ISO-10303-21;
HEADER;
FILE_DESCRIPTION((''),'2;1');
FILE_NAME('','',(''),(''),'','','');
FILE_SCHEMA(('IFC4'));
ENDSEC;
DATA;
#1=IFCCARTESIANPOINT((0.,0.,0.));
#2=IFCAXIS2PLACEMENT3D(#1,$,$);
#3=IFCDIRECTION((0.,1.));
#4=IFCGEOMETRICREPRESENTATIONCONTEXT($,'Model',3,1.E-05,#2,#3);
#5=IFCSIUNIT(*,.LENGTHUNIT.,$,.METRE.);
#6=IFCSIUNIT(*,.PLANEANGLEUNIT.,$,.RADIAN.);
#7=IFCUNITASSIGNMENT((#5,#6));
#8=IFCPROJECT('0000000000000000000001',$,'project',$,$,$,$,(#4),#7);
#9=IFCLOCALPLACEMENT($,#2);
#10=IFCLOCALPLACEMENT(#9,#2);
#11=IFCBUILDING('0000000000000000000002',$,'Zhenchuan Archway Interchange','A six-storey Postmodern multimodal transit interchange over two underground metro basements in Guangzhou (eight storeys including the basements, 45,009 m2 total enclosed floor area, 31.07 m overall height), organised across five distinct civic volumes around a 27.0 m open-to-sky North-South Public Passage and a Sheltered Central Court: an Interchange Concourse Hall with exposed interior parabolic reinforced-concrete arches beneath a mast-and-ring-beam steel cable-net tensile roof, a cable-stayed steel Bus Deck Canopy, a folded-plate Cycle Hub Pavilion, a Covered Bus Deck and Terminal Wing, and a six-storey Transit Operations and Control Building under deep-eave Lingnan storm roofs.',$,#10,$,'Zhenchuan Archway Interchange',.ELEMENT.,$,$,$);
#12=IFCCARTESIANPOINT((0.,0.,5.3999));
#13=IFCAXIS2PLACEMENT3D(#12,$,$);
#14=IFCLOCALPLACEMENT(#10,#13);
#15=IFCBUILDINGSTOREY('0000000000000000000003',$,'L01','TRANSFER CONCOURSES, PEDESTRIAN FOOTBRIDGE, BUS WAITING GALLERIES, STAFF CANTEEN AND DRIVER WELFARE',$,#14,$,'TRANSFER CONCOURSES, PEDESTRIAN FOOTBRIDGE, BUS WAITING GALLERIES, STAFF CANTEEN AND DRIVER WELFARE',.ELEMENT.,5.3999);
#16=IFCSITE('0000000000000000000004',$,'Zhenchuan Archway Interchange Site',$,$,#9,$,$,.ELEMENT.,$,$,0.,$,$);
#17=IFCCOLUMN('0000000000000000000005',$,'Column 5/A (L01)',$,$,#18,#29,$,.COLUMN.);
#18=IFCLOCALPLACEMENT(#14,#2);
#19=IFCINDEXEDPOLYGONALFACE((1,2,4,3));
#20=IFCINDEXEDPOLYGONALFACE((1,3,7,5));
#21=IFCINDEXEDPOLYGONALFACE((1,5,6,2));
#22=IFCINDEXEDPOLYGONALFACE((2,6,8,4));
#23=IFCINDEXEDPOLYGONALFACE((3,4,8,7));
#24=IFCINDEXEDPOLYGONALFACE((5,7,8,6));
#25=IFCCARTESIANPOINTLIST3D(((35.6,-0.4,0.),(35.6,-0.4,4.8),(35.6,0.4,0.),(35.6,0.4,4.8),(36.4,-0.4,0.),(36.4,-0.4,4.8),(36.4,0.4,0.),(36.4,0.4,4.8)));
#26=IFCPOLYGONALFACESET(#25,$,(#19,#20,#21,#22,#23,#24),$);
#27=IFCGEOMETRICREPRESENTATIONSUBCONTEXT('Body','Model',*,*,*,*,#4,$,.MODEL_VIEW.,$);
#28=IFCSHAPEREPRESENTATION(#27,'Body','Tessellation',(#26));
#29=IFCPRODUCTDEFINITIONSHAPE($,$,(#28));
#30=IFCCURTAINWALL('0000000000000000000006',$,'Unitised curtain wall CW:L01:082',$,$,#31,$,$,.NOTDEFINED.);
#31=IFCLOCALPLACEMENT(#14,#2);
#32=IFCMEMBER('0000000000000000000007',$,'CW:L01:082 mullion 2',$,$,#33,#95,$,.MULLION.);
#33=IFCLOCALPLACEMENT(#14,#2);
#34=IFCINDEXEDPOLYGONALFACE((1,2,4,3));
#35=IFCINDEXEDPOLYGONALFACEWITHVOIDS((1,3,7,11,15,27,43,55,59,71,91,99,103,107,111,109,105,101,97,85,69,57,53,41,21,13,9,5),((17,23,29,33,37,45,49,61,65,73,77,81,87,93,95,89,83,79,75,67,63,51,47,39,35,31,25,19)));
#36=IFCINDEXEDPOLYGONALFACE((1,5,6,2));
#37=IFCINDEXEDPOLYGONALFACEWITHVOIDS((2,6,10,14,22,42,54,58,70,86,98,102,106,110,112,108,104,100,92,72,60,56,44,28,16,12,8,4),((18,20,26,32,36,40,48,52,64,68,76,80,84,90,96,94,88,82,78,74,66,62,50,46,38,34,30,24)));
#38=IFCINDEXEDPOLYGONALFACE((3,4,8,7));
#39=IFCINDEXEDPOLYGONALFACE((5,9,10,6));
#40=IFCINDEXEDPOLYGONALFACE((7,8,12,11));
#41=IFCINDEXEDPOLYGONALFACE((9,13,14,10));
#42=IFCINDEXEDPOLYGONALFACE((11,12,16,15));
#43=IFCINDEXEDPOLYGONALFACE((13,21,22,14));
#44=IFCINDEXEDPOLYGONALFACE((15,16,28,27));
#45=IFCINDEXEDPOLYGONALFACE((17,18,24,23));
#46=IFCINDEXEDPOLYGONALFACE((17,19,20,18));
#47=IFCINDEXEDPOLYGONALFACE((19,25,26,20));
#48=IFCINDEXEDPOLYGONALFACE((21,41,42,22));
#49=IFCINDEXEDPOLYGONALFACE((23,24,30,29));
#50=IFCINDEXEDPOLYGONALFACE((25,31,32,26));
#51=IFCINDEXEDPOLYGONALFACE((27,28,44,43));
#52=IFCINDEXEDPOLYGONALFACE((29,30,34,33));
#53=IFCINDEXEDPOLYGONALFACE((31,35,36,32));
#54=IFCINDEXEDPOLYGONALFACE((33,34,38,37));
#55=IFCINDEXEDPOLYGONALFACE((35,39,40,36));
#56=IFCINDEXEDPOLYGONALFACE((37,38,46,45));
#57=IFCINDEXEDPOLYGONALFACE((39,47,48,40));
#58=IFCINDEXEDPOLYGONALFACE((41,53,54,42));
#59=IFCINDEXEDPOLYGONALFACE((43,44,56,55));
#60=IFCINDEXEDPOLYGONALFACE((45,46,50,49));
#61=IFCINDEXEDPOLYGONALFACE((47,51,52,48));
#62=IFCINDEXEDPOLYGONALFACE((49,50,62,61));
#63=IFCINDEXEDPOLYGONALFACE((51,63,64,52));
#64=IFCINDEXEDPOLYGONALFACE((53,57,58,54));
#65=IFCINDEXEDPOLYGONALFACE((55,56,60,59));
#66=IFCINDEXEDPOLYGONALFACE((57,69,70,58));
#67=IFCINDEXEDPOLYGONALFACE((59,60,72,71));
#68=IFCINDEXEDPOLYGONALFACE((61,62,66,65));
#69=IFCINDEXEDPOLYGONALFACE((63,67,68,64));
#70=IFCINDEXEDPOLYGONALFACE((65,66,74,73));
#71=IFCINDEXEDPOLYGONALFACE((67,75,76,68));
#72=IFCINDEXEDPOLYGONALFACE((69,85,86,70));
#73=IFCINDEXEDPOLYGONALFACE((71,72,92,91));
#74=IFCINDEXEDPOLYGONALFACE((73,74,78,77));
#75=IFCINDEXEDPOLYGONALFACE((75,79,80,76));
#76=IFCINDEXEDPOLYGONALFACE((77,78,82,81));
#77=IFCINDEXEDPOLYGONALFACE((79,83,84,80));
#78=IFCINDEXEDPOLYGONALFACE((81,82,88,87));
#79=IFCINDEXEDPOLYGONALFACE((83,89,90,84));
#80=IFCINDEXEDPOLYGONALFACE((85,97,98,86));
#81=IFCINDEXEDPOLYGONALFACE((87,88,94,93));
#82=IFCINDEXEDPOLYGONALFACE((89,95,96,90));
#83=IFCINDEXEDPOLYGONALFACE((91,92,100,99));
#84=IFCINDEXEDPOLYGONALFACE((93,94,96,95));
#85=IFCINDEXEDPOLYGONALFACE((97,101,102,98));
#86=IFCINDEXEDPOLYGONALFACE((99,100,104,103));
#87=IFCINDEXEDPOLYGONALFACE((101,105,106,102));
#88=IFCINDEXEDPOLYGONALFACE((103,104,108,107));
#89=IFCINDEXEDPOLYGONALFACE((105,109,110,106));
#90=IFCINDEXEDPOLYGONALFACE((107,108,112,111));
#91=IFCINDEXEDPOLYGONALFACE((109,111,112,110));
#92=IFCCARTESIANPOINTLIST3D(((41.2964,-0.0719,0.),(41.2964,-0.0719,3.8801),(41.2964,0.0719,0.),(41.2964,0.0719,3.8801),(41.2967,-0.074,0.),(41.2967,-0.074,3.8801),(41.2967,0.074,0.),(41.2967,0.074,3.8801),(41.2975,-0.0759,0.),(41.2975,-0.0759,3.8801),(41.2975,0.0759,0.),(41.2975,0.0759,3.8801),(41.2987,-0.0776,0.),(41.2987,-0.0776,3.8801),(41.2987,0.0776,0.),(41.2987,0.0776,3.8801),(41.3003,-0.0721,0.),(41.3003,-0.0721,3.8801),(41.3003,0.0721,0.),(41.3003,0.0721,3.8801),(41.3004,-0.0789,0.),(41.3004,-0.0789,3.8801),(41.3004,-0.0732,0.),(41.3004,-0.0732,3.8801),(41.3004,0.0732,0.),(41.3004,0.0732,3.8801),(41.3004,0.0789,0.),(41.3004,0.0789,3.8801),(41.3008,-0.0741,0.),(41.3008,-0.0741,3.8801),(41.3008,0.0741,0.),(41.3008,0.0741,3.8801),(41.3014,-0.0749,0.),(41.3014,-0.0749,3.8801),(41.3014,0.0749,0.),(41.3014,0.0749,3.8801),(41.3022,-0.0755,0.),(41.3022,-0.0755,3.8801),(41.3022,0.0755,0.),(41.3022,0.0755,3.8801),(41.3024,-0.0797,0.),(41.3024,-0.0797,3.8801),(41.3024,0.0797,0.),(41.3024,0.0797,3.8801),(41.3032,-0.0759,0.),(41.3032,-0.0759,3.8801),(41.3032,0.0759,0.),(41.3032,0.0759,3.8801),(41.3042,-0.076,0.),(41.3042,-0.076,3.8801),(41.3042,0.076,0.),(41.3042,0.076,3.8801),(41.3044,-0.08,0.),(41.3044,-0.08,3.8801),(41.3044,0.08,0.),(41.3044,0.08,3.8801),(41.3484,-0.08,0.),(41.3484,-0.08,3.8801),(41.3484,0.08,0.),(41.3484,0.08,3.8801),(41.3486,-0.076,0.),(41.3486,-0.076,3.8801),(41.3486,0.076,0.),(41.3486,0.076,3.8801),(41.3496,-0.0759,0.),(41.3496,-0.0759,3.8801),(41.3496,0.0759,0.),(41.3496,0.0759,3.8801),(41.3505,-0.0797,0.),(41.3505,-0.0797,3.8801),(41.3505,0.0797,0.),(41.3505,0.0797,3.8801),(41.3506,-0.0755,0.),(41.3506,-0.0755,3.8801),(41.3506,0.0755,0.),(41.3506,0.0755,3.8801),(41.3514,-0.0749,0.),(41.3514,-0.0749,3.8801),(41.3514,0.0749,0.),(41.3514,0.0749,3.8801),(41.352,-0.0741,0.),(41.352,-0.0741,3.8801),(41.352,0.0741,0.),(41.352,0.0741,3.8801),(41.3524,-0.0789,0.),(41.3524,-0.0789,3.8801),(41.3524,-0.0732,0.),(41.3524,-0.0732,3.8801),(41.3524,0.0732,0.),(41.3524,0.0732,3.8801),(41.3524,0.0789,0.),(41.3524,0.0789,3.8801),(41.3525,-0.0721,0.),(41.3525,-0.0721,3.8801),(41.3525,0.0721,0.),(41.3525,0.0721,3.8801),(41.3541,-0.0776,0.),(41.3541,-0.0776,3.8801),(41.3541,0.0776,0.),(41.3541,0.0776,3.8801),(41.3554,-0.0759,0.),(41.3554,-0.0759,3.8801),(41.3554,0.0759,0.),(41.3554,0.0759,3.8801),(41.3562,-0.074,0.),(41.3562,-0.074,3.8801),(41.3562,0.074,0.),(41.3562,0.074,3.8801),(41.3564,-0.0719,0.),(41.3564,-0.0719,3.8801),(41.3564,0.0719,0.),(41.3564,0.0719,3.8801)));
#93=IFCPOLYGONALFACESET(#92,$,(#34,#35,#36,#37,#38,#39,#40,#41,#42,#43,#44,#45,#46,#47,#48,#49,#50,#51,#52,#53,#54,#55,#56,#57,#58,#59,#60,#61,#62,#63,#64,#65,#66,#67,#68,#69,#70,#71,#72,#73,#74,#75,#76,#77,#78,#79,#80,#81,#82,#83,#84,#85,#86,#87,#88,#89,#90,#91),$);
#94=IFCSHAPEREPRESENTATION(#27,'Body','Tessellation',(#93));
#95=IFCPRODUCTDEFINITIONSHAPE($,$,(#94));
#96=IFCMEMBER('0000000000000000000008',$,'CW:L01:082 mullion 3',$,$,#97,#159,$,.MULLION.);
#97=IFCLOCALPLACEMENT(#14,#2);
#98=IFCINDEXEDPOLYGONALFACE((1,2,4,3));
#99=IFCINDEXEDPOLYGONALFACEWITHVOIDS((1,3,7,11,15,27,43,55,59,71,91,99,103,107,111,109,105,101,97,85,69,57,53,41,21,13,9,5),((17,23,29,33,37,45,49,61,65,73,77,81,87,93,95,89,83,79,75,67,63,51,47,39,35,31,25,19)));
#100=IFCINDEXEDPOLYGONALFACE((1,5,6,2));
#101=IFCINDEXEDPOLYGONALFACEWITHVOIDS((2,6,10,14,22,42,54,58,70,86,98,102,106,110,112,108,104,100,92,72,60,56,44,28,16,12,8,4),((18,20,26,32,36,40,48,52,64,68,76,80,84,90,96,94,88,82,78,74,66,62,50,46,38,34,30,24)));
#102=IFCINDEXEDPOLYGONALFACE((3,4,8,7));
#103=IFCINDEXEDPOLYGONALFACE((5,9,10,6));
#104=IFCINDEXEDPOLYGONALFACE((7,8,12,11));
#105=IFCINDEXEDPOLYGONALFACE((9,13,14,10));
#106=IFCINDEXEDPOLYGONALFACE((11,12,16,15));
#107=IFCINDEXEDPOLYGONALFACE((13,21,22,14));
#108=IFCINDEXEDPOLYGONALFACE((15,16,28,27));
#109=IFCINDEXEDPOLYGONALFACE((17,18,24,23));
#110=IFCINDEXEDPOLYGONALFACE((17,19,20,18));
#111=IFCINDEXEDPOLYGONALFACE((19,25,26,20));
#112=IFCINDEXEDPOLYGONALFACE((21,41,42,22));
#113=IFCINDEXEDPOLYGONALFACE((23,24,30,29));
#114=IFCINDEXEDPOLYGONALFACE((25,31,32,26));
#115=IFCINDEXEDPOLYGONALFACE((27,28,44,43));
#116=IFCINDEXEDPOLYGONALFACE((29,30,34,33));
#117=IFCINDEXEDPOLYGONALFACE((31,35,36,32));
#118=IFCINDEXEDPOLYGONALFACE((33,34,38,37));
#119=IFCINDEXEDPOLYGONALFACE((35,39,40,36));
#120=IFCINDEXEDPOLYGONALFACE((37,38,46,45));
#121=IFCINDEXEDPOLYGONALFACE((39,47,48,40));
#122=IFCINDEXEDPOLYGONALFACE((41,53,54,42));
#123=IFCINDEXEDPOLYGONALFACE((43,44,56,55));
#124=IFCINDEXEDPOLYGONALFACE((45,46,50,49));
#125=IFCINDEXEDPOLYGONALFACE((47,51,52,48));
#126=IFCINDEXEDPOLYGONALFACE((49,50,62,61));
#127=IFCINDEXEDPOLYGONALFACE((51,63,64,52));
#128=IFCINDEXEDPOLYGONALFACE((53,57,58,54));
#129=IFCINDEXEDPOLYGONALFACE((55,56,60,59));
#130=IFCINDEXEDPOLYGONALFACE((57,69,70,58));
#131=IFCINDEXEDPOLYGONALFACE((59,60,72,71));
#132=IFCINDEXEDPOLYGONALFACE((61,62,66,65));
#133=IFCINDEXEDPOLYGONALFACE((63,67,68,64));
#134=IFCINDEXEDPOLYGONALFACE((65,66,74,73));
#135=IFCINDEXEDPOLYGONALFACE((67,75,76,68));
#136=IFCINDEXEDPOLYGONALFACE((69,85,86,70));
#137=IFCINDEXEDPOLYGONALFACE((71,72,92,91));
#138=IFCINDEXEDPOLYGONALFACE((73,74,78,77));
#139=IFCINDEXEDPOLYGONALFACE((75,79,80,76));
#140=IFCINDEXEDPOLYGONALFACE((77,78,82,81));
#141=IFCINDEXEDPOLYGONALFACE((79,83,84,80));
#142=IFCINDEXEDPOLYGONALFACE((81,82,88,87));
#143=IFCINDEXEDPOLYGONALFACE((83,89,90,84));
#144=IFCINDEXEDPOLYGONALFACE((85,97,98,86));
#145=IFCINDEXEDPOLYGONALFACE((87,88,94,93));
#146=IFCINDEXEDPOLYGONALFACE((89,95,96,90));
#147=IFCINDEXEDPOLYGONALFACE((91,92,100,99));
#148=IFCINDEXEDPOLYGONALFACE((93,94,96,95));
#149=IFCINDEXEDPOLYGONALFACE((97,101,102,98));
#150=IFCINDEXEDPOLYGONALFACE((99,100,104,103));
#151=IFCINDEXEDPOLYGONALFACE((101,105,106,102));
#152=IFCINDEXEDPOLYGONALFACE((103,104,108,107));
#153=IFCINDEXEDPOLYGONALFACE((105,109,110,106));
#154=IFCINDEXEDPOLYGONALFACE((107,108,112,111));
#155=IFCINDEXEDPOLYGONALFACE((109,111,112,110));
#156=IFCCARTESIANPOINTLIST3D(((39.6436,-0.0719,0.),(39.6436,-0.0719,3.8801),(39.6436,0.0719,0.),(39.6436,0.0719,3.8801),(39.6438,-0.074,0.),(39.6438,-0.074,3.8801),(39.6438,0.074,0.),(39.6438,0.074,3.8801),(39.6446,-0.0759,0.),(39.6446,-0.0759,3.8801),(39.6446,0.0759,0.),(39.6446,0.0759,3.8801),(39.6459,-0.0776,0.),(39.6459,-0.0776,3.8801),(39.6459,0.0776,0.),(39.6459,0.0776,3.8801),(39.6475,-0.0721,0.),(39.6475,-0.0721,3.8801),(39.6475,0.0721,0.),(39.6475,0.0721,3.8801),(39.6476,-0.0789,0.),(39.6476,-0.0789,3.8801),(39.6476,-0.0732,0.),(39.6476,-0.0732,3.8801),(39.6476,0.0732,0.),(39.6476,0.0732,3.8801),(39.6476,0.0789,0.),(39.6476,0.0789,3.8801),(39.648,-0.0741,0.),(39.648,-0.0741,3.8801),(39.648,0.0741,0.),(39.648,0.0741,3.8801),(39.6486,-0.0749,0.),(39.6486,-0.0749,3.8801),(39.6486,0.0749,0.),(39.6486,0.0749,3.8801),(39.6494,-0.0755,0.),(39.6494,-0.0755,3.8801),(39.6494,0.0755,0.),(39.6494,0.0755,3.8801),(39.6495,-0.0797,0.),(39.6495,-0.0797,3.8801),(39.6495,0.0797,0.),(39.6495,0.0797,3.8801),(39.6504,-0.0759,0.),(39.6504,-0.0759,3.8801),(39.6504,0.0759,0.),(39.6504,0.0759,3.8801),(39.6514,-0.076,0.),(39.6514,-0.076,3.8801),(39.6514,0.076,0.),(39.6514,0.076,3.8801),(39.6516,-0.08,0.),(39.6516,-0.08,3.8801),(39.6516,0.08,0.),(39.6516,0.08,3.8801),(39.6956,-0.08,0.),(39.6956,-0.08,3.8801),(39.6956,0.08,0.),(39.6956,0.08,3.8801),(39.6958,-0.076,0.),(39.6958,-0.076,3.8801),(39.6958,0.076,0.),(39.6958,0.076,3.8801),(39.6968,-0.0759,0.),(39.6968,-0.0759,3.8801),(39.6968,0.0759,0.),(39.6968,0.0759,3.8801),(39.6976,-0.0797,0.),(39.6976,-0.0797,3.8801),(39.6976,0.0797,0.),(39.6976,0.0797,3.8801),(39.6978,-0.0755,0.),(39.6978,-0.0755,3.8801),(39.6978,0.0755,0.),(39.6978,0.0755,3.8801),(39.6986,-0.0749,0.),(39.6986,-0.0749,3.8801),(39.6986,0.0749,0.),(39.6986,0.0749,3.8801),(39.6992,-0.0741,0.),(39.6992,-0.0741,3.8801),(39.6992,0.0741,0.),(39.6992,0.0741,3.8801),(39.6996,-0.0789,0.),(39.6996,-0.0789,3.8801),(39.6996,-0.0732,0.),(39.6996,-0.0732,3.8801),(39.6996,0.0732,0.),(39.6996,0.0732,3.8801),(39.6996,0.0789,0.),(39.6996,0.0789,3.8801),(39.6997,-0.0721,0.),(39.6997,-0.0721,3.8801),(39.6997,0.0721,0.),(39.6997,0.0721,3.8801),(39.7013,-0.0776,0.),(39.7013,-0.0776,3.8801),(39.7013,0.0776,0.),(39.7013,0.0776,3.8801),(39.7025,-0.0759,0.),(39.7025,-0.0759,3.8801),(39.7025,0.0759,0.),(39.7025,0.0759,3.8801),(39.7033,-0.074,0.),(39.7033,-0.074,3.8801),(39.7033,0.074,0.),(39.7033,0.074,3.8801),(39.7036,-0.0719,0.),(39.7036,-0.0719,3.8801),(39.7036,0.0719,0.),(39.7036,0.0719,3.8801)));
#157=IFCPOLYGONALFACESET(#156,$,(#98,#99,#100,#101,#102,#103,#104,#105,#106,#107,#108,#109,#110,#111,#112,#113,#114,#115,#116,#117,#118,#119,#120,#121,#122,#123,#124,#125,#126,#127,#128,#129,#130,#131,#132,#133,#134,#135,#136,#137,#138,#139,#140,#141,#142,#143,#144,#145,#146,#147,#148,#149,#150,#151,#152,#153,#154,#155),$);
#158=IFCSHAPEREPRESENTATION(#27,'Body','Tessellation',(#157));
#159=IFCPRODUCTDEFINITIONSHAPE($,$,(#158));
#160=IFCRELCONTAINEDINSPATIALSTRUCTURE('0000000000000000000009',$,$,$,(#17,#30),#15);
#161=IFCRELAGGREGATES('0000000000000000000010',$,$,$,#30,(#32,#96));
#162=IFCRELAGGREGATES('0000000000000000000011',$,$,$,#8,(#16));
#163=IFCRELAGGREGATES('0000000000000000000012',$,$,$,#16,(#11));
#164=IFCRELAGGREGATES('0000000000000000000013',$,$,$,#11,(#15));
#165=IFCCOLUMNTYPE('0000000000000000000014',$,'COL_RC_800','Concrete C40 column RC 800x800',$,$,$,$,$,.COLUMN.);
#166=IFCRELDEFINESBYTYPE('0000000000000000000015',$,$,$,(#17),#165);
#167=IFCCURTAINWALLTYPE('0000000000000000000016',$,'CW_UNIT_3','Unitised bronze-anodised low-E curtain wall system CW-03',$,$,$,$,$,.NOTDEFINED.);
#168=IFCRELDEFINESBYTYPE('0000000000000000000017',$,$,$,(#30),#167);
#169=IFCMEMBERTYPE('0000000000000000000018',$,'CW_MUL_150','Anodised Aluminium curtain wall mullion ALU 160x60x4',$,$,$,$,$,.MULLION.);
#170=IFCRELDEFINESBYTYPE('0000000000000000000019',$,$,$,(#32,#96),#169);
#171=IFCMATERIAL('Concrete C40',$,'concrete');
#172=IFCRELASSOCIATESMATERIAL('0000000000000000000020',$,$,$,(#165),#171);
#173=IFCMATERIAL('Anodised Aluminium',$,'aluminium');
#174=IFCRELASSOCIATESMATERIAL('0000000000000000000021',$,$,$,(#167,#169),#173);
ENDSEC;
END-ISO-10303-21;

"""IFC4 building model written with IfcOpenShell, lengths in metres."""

from ifc_helpers import new_model, si_unit, direction, frame, origin, origin_2d, place, context, subcontext, project, spatial, rectangle, hollow_rectangle, extrude, material, material_profile, profile_set, type_object, element, aggregate, save


model = new_model("IFC4")

# Units and contexts
model_context = context("Model", 3, precision=1e-05, world=origin(), true_north=direction((0.0, 1.0)))
body_context = subcontext(model_context, "Body", "Model", "MODEL_VIEW")
ifc_project = project(units=[si_unit("LENGTHUNIT", "METRE"), si_unit("PLANEANGLEUNIT", "RADIAN")], contexts=[model_context])

# Site, building, storey
site_placement = place(None, origin())
site = spatial("IfcSite", under=ifc_project, at=site_placement, Name="Zhenchuan Archway Interchange Site", CompositionType="ELEMENT", RefElevation=0.0)
building_placement = place(site_placement, origin())
building = spatial("IfcBuilding", under=site, at=building_placement, Name="Zhenchuan Archway Interchange", Description="A six-storey Postmodern multimodal transit interchange over two underground metro basements in Guangzhou (eight storeys including the basements, 45,009 m2 total enclosed floor area, 31.07 m overall height), organised across five distinct civic volumes around a 27.0 m open-to-sky North-South Public Passage and a Sheltered Central Court: an Interchange Concourse Hall with exposed interior parabolic reinforced-concrete arches beneath a mast-and-ring-beam steel cable-net tensile roof, a cable-stayed steel Bus Deck Canopy, a folded-plate Cycle Hub Pavilion, a Covered Bus Deck and Terminal Wing, and a six-storey Transit Operations and Control Building under deep-eave Lingnan storm roofs.", LongName="Zhenchuan Archway Interchange", CompositionType="ELEMENT")
storey_placement = place(building_placement, frame((0.0, 0.0, 5.3999)))
storey = spatial("IfcBuildingStorey", under=building, at=storey_placement, Name="L01", Description="TRANSFER CONCOURSES, PEDESTRIAN FOOTBRIDGE, BUS WAITING GALLERIES, STAFF CANTEEN AND DRIVER WELFARE", LongName="TRANSFER CONCOURSES, PEDESTRIAN FOOTBRIDGE, BUS WAITING GALLERIES, STAFF CANTEEN AND DRIVER WELFARE", CompositionType="ELEMENT", Elevation=5.3999)

# Column
ifc_material_1 = material(Name="Concrete C40", Category="concrete")
ifc_material_profile_1 = material_profile(ifc_material_1, rectangle(XDim=0.8, YDim=0.8, at=origin_2d()), Name="RC 800x800")
ifc_profile_set_1 = profile_set([ifc_material_profile_1], Name="Concrete C40")
column_type = type_object("IfcColumnType", Name="COL_RC_800", Description="Concrete C40 column RC 800x800", PredefinedType="COLUMN", material=ifc_profile_set_1)
column_placement = place(storey_placement, frame((36.0, 0.0, 0.0), z_axis=(0.0, 0.0, 1.0), x_axis=(1.0, 0.0, 0.0)))
element("IfcColumn", 1, at=column_placement, inside=storey, type_object=column_type, Name="Column 5/A (L01)", PredefinedType="COLUMN", context=body_context, shape_type="SweptSolid", body=[
    extrude(rectangle(XDim=0.8, YDim=0.8, at=origin_2d()), origin(), (0.0, 0.0, 1.0), 4.8),
])

# Curtain wall, members
ifc_material_2 = material(Name="Anodised Aluminium", Category="aluminium")
curtain_wall_type_1 = type_object("IfcCurtainWallType", Name="CW_UNIT_3", Description="Unitised bronze-anodised low-E curtain wall system CW-03", PredefinedType="NOTDEFINED", material=ifc_material_2)
curtain_wall_1_placement = place(storey_placement, origin())
curtain_wall_1 = element("IfcCurtainWall", 2, at=curtain_wall_1_placement, inside=storey, type_object=curtain_wall_type_1, Name="Unitised curtain wall CW:L01:082", PredefinedType="NOTDEFINED")
ifc_material_profile_2 = material_profile(ifc_material_2, hollow_rectangle(XDim=0.0601, YDim=0.1599, WallThickness=0.0039, InnerFilletRadius=0.0039, OuterFilletRadius=0.0081, at=origin_2d()), Name="ALU 160x60x4")
ifc_profile_set_2 = profile_set([ifc_material_profile_2], Name="Anodised Aluminium")
member_type_1 = type_object("IfcMemberType", Name="CW_MUL_150", Description="Anodised Aluminium curtain wall mullion ALU 160x60x4", PredefinedType="MULLION", material=ifc_profile_set_2)
member_1_placement = place(storey_placement, frame((41.3264, 0.0, 0.0), z_axis=(0.0, 0.0, 1.0), x_axis=(1.0, 0.0, 0.0)))
member_1 = element("IfcMember", 3, at=member_1_placement, type_object=member_type_1, Name="CW:L01:082 mullion 2", PredefinedType="MULLION", context=body_context, shape_type="SweptSolid", body=[
    extrude(hollow_rectangle(XDim=0.0601, YDim=0.1599, WallThickness=0.0039, InnerFilletRadius=0.0039, OuterFilletRadius=0.0081, at=origin_2d()), origin(), (0.0, 0.0, 1.0), 3.8801),
])
member_2_placement = place(storey_placement, frame((39.6736, 0.0, 0.0), z_axis=(0.0, 0.0, 1.0), x_axis=(1.0, 0.0, 0.0)))
member_2 = element("IfcMember", 4, at=member_2_placement, type_object=member_type_1, Name="CW:L01:082 mullion 3", PredefinedType="MULLION", context=body_context, shape_type="SweptSolid", body=[
    extrude(hollow_rectangle(XDim=0.0601, YDim=0.1599, WallThickness=0.0039, InnerFilletRadius=0.0039, OuterFilletRadius=0.0081, at=origin_2d()), origin(), (0.0, 0.0, 1.0), 3.8801),
])

aggregate(curtain_wall_1, [member_1, member_2])

save(model, "model.ifc")
